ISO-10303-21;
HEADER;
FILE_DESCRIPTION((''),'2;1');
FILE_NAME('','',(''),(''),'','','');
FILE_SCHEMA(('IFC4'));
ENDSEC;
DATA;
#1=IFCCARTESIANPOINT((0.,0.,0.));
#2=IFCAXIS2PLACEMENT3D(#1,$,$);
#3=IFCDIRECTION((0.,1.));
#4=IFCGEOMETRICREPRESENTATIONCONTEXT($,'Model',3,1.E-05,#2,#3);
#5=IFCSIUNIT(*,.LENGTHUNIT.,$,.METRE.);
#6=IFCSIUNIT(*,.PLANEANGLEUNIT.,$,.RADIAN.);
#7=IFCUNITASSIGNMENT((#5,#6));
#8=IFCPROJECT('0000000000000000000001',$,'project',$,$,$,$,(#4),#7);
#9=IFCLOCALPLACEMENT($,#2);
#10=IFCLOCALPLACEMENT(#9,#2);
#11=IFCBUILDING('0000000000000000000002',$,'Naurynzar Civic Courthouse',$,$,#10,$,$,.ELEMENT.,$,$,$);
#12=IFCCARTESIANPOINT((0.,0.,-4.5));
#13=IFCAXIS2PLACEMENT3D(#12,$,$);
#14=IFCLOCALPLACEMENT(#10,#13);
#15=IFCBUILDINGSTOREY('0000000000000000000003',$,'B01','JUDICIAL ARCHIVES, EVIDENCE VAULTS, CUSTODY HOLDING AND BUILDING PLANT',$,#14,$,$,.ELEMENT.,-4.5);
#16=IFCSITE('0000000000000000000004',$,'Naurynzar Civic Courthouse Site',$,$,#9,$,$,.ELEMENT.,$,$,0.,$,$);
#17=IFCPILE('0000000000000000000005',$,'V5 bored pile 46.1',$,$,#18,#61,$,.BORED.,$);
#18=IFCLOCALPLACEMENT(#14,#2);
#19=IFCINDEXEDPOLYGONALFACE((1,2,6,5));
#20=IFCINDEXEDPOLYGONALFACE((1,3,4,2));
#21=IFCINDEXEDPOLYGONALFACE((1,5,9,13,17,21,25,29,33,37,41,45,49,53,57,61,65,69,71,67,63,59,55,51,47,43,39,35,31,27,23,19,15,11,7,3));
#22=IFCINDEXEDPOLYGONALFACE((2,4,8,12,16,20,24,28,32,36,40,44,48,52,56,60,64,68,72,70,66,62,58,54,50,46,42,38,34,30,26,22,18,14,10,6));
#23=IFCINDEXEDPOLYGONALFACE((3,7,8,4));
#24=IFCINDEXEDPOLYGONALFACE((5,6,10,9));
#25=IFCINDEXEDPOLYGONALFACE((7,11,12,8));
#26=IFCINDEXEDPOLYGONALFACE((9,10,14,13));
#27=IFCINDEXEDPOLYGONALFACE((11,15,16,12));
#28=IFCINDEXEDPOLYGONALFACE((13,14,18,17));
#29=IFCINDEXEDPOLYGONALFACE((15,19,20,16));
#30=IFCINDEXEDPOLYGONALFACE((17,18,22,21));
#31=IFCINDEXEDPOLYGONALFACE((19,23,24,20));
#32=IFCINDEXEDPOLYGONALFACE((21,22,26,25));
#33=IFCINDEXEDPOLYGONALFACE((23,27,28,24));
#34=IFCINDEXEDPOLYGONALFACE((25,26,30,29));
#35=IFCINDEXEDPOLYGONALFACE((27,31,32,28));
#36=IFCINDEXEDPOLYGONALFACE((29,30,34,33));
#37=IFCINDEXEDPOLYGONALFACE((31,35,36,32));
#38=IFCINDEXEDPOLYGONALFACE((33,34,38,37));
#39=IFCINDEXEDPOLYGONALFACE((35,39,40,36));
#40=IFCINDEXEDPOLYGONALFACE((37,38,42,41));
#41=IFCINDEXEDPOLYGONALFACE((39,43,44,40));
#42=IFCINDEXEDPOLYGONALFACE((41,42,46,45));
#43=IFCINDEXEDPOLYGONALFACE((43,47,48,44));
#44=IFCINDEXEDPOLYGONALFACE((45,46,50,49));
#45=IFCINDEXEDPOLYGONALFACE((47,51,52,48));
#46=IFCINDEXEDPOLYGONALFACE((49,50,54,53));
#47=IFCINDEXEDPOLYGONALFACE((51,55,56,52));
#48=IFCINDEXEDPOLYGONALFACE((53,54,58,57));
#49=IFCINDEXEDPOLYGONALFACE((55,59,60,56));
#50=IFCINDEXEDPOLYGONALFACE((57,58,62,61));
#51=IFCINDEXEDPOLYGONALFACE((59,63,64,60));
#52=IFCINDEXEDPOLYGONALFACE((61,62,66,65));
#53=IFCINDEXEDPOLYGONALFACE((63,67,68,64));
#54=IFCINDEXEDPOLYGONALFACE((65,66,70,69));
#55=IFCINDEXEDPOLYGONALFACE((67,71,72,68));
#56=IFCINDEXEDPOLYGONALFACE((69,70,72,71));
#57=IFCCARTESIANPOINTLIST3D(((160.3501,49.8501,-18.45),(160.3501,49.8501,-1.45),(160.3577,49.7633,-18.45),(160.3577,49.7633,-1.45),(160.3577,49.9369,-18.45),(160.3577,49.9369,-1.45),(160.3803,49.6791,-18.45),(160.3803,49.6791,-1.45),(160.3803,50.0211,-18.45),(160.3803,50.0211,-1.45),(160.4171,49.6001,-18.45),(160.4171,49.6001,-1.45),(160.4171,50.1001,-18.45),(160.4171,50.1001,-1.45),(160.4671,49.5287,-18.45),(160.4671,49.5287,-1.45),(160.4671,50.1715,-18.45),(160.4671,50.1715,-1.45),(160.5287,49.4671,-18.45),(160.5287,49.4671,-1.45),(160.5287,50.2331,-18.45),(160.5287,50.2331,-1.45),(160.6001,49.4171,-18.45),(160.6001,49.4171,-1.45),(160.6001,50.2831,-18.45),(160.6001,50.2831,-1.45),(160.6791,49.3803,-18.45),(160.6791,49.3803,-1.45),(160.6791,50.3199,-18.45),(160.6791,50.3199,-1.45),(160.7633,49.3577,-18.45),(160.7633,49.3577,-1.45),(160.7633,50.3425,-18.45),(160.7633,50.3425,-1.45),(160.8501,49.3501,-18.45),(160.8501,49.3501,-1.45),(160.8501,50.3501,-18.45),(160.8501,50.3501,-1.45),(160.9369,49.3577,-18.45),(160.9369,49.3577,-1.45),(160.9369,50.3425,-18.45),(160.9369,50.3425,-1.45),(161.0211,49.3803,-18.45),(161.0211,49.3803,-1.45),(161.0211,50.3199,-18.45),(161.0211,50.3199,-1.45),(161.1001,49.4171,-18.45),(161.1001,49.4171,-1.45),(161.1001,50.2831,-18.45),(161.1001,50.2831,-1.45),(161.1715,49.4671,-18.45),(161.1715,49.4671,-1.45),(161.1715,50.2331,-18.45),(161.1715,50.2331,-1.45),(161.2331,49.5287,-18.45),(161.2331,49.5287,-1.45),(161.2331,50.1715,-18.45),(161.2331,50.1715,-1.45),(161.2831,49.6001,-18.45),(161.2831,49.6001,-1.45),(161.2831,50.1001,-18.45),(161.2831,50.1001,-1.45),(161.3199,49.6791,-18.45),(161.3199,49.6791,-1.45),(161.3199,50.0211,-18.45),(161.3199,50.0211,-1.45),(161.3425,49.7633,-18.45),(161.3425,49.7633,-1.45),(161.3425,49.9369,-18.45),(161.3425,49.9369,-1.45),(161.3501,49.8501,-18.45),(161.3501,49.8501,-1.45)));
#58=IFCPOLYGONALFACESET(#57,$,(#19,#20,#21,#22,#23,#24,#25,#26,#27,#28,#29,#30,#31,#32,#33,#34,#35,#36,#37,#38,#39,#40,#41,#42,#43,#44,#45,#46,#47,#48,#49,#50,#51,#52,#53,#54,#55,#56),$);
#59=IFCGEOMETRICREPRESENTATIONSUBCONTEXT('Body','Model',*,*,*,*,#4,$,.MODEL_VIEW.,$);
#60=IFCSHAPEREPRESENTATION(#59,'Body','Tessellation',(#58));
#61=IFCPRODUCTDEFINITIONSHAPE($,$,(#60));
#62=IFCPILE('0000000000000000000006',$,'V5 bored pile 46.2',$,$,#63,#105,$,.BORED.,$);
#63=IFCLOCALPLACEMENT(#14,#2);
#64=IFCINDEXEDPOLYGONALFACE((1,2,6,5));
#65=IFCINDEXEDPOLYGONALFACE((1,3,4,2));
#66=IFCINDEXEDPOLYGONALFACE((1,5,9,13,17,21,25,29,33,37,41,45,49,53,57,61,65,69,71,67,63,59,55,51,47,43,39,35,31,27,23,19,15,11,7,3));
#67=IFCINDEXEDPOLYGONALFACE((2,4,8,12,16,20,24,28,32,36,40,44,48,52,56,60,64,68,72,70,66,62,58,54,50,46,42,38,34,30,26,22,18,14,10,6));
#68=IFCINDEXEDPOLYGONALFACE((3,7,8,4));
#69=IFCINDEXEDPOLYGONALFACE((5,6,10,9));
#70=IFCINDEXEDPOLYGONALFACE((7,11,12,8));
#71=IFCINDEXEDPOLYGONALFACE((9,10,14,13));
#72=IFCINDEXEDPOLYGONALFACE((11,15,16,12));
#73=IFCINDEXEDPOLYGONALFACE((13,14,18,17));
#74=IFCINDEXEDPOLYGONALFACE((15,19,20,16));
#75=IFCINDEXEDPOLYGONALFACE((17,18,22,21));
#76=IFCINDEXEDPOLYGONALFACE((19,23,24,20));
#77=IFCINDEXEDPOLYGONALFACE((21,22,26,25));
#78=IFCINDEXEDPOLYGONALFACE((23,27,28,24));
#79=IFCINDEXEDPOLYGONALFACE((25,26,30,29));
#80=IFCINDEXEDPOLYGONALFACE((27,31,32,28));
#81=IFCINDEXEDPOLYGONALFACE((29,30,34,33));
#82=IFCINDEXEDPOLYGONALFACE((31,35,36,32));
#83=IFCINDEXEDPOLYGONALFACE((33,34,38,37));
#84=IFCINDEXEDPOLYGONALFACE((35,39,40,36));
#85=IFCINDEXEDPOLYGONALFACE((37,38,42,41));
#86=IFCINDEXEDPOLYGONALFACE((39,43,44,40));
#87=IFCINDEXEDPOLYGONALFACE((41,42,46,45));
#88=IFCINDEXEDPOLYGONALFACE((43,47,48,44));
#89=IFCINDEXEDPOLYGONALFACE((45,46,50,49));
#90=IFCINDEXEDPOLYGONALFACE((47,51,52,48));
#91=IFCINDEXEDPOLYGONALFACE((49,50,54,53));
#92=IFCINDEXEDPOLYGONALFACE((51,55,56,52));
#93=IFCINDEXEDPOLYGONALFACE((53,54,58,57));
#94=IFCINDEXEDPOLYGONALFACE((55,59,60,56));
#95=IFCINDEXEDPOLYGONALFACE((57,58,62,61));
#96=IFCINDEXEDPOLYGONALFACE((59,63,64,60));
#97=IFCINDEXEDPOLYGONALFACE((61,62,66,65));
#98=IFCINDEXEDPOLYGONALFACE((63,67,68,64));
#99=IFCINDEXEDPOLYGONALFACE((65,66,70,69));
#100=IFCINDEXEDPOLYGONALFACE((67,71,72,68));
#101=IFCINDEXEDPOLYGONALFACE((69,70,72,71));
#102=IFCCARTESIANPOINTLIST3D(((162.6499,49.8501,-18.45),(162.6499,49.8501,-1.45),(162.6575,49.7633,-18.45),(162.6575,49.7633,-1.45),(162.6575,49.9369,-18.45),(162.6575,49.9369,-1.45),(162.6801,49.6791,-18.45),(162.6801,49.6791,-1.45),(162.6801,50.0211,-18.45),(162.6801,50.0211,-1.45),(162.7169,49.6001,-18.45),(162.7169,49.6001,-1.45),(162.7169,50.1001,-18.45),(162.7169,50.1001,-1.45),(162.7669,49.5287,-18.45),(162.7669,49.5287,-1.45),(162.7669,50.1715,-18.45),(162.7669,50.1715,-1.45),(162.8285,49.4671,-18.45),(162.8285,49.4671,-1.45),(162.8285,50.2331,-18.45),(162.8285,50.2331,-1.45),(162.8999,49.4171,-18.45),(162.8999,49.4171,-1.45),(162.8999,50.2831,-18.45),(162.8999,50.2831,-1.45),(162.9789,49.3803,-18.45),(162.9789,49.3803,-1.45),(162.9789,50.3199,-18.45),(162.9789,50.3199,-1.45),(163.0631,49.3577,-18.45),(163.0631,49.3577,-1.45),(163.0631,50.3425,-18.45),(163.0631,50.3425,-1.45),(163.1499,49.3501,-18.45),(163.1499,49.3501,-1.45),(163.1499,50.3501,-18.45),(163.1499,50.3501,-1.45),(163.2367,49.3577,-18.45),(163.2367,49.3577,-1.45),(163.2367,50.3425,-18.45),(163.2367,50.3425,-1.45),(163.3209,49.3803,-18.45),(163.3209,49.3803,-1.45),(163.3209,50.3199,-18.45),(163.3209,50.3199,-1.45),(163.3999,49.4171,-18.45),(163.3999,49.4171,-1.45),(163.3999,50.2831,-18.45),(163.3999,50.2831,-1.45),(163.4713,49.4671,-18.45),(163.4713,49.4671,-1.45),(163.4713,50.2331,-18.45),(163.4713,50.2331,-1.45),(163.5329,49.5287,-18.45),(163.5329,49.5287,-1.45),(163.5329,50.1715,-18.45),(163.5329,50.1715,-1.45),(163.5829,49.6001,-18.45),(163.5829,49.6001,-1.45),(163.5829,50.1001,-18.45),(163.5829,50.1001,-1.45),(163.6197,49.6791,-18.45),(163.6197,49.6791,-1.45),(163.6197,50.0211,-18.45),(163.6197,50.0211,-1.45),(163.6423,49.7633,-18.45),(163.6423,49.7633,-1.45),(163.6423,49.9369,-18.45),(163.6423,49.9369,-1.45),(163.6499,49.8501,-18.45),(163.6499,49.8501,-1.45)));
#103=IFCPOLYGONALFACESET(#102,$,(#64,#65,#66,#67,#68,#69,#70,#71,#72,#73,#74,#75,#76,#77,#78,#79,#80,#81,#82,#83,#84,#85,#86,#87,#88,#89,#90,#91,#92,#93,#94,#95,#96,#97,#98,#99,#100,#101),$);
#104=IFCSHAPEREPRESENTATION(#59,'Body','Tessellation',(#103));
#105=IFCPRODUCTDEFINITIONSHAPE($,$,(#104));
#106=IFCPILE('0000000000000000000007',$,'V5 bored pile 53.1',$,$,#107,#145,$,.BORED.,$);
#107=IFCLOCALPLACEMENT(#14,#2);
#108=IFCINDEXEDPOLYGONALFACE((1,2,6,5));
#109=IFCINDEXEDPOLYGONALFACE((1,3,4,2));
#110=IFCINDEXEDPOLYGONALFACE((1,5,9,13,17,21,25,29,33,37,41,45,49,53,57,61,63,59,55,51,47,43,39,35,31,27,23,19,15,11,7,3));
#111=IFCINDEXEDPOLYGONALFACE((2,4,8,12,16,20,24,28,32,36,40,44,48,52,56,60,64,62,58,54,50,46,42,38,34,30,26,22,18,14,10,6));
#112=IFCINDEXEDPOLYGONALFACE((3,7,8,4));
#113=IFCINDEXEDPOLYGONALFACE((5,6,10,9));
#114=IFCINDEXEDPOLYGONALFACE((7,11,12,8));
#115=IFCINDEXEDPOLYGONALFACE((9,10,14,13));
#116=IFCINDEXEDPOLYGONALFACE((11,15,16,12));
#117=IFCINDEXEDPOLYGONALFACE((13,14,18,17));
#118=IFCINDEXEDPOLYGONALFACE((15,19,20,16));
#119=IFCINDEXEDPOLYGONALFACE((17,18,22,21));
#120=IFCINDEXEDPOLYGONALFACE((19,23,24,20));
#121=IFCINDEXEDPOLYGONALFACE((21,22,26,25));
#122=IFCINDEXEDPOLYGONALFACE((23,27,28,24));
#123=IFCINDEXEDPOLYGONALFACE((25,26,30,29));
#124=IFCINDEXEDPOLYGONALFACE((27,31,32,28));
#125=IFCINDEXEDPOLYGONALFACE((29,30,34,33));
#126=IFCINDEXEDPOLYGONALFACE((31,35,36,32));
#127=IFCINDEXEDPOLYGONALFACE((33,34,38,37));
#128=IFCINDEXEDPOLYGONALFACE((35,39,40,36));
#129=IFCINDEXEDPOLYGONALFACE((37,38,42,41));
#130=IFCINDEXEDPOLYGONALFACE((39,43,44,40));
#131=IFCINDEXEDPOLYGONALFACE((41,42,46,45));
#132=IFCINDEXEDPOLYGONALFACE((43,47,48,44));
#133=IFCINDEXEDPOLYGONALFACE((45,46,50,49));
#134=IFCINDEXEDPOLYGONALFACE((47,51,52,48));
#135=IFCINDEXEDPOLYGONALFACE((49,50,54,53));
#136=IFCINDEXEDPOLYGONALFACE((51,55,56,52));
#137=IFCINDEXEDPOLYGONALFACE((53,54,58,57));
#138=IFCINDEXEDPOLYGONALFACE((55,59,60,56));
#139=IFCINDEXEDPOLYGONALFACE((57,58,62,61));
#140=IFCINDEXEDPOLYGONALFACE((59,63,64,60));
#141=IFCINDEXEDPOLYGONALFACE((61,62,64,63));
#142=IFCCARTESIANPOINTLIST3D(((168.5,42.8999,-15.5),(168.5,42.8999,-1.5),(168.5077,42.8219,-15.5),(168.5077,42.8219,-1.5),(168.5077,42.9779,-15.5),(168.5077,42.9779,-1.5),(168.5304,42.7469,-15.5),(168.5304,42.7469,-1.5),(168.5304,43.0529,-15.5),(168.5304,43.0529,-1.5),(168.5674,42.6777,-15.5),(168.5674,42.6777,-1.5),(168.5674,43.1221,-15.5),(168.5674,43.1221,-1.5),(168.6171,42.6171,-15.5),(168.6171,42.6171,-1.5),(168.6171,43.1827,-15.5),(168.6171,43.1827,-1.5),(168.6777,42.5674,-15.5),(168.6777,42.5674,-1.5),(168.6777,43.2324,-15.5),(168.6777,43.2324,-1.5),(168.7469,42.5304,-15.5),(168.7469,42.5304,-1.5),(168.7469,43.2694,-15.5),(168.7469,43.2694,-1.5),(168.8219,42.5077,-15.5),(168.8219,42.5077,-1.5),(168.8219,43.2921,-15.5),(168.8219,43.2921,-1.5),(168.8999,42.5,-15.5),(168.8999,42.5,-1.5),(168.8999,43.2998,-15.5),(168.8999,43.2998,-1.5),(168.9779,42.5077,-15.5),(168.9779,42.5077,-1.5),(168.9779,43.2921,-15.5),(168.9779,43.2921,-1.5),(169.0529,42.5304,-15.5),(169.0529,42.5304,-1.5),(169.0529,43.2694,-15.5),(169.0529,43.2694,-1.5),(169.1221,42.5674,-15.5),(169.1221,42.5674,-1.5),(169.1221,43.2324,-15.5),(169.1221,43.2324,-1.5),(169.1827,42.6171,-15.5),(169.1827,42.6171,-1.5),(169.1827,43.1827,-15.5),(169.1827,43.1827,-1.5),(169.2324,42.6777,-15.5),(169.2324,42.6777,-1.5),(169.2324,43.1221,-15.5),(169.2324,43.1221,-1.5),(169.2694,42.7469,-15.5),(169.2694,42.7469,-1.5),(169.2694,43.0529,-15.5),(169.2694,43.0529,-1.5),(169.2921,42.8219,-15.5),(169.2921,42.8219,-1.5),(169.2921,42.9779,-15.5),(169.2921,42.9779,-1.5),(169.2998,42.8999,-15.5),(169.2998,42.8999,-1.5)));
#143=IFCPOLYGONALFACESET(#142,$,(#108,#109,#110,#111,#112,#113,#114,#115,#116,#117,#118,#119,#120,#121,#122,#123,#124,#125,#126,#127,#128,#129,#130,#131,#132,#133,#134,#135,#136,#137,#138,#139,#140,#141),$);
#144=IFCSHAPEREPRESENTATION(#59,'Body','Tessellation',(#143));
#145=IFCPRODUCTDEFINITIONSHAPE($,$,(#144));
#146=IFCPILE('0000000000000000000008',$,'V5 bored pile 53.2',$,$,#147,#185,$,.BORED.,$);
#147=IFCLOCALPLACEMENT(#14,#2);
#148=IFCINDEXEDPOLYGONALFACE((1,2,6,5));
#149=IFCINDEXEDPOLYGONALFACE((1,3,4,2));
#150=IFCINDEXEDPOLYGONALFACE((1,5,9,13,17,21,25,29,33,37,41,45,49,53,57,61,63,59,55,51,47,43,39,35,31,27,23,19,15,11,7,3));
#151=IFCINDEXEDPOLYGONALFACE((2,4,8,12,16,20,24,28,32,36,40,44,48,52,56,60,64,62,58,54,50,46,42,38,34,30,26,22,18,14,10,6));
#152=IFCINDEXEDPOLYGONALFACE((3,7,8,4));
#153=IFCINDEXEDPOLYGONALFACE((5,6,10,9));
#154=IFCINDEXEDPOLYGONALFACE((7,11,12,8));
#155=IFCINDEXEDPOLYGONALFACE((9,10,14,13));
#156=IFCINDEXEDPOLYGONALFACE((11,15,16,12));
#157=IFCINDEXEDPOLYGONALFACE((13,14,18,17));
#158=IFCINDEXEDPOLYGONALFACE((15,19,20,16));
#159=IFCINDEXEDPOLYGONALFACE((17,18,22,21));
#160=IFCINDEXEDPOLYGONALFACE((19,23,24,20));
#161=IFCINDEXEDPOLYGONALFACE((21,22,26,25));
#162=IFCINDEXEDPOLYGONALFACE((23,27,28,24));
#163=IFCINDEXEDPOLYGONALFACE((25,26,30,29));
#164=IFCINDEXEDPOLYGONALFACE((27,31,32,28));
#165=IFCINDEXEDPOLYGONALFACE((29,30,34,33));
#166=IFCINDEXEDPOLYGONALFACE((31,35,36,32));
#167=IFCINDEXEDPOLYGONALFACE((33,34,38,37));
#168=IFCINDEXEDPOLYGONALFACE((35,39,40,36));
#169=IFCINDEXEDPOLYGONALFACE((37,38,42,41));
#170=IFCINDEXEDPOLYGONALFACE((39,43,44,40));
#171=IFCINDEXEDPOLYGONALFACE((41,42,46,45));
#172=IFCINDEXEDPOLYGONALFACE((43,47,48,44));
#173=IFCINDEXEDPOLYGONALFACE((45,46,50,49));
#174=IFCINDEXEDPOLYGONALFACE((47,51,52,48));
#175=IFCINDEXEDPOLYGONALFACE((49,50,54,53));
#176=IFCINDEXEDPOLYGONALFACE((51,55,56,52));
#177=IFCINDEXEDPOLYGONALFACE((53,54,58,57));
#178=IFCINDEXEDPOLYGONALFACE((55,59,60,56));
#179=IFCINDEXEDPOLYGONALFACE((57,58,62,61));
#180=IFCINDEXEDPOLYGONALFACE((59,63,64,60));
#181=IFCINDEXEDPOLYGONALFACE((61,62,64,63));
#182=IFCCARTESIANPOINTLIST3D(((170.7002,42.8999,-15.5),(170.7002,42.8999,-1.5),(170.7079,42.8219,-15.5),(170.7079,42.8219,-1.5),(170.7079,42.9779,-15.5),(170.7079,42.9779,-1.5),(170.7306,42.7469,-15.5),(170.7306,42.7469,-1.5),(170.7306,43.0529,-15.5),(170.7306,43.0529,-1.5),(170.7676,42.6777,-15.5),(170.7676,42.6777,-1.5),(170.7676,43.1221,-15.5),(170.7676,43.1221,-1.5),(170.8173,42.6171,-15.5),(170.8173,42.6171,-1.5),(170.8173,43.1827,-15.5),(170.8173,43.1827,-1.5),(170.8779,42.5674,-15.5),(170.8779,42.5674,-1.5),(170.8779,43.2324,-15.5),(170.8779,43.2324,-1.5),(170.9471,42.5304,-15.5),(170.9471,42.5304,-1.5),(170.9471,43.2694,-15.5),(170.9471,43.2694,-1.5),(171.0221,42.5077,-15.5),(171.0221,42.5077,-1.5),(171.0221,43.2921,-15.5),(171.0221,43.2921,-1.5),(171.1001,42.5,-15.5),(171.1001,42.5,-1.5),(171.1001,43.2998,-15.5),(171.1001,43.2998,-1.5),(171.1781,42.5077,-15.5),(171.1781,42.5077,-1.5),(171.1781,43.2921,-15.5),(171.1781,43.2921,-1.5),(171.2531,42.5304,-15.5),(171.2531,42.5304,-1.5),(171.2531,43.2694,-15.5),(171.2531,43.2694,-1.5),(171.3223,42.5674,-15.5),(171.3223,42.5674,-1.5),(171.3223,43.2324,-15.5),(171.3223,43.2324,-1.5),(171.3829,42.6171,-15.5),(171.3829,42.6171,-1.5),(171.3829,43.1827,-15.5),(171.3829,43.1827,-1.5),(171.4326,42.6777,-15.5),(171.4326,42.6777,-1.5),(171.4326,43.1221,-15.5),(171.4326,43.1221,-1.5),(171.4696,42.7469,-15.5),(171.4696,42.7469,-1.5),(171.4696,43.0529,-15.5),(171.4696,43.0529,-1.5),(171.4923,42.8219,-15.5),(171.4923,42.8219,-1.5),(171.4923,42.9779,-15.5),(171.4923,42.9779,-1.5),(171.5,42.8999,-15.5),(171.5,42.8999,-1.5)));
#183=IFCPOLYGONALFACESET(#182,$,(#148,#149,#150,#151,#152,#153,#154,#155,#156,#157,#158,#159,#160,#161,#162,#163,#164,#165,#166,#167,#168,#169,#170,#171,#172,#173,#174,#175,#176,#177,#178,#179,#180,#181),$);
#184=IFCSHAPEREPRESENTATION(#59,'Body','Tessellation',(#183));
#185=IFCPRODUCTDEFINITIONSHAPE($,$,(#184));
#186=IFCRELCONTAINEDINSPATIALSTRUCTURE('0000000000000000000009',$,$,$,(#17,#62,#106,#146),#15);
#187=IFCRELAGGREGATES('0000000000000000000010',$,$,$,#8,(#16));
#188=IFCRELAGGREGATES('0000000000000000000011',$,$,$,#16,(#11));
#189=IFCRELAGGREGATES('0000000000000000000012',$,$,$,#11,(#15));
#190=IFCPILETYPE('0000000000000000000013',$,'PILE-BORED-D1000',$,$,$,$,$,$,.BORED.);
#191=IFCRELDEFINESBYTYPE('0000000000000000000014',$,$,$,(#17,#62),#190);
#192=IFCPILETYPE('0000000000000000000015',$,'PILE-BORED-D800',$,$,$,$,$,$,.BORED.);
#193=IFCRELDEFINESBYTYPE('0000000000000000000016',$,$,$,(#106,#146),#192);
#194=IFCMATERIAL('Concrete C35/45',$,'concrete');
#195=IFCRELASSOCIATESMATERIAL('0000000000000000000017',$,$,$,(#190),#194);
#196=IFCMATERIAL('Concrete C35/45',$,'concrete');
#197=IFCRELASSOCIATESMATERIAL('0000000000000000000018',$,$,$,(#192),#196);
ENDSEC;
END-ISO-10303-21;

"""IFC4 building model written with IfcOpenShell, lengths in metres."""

from ifc_helpers import new_model, si_unit, direction, frame, origin, origin_2d, place, context, subcontext, project, spatial, circle, extrude, material, material_profile, profile_set, type_object, element, save


model = new_model("IFC4")

# Units and contexts
model_context = context("Model", 3, precision=1e-05, world=origin(), true_north=direction((0.0, 1.0)))
body_context = subcontext(model_context, "Body", "Model", "MODEL_VIEW")
ifc_project = project(units=[si_unit("LENGTHUNIT", "METRE"), si_unit("PLANEANGLEUNIT", "RADIAN")], contexts=[model_context])

# Site, building, storey
site_placement = place(None, origin())
site = spatial("IfcSite", under=ifc_project, at=site_placement, Name="Naurynzar Civic Courthouse Site", CompositionType="ELEMENT", RefElevation=0.0)
building_placement = place(site_placement, origin())
building = spatial("IfcBuilding", under=site, at=building_placement, Name="Naurynzar Civic Courthouse", CompositionType="ELEMENT")
storey_placement = place(building_placement, frame((0.0, 0.0, -4.5)))
storey = spatial("IfcBuildingStorey", under=building, at=storey_placement, Name="B01", Description="JUDICIAL ARCHIVES, EVIDENCE VAULTS, CUSTODY HOLDING AND BUILDING PLANT", CompositionType="ELEMENT", Elevation=-4.5)

# Piles
ifc_material_1 = material(Name="Concrete C35/45", Category="concrete")
ifc_material_profile_1 = material_profile(ifc_material_1, circle(Radius=0.5, at=origin_2d()), Name="PILE D1000")
ifc_profile_set_1 = profile_set([ifc_material_profile_1], Name="Concrete C35/45")
pile_type_1 = type_object("IfcPileType", Name="PILE-BORED-D1000", PredefinedType="BORED", material=ifc_profile_set_1)
for number, where, z_axis, x_axis, name in (
    (1, (160.8501, 49.8501, -1.45), (0.0, 0.0, -1.0), (1.0, 0.0, 0.0), "V5 bored pile 46.1"),
    (2, (163.1499, 49.8501, -1.45), (0.0, 0.0, -1.0), (1.0, 0.0, 0.0), "V5 bored pile 46.2"),
):
    element("IfcPile", number, at=place(storey_placement, frame(where, z_axis=z_axis, x_axis=x_axis)), inside=storey, type_object=pile_type_1, Name=name, PredefinedType="BORED", context=body_context, shape_type="SweptSolid", body=[
        extrude(circle(Radius=0.5, at=origin_2d()), origin(), (0.0, 0.0, 1.0), 17.0),
    ])
ifc_material_2 = material(Name="Concrete C35/45", Category="concrete")
ifc_material_profile_2 = material_profile(ifc_material_2, circle(Radius=0.3999, at=origin_2d()), Name="PILE D800")
ifc_profile_set_2 = profile_set([ifc_material_profile_2], Name="Concrete C35/45")
pile_type_2 = type_object("IfcPileType", Name="PILE-BORED-D800", PredefinedType="BORED", material=ifc_profile_set_2)
for number, where, z_axis, x_axis, name in (
    (3, (168.8999, 42.8999, -1.5), (0.0, 0.0, -1.0), (1.0, 0.0, 0.0), "V5 bored pile 53.1"),
    (4, (171.1001, 42.8999, -1.5), (0.0, 0.0, -1.0), (1.0, 0.0, 0.0), "V5 bored pile 53.2"),
):
    element("IfcPile", number, at=place(storey_placement, frame(where, z_axis=z_axis, x_axis=x_axis)), inside=storey, type_object=pile_type_2, Name=name, PredefinedType="BORED", context=body_context, shape_type="SweptSolid", body=[
        extrude(circle(Radius=0.3999, at=origin_2d()), origin(), (0.0, 0.0, 1.0), 14.0),
    ])

save(model, "model.ifc")
